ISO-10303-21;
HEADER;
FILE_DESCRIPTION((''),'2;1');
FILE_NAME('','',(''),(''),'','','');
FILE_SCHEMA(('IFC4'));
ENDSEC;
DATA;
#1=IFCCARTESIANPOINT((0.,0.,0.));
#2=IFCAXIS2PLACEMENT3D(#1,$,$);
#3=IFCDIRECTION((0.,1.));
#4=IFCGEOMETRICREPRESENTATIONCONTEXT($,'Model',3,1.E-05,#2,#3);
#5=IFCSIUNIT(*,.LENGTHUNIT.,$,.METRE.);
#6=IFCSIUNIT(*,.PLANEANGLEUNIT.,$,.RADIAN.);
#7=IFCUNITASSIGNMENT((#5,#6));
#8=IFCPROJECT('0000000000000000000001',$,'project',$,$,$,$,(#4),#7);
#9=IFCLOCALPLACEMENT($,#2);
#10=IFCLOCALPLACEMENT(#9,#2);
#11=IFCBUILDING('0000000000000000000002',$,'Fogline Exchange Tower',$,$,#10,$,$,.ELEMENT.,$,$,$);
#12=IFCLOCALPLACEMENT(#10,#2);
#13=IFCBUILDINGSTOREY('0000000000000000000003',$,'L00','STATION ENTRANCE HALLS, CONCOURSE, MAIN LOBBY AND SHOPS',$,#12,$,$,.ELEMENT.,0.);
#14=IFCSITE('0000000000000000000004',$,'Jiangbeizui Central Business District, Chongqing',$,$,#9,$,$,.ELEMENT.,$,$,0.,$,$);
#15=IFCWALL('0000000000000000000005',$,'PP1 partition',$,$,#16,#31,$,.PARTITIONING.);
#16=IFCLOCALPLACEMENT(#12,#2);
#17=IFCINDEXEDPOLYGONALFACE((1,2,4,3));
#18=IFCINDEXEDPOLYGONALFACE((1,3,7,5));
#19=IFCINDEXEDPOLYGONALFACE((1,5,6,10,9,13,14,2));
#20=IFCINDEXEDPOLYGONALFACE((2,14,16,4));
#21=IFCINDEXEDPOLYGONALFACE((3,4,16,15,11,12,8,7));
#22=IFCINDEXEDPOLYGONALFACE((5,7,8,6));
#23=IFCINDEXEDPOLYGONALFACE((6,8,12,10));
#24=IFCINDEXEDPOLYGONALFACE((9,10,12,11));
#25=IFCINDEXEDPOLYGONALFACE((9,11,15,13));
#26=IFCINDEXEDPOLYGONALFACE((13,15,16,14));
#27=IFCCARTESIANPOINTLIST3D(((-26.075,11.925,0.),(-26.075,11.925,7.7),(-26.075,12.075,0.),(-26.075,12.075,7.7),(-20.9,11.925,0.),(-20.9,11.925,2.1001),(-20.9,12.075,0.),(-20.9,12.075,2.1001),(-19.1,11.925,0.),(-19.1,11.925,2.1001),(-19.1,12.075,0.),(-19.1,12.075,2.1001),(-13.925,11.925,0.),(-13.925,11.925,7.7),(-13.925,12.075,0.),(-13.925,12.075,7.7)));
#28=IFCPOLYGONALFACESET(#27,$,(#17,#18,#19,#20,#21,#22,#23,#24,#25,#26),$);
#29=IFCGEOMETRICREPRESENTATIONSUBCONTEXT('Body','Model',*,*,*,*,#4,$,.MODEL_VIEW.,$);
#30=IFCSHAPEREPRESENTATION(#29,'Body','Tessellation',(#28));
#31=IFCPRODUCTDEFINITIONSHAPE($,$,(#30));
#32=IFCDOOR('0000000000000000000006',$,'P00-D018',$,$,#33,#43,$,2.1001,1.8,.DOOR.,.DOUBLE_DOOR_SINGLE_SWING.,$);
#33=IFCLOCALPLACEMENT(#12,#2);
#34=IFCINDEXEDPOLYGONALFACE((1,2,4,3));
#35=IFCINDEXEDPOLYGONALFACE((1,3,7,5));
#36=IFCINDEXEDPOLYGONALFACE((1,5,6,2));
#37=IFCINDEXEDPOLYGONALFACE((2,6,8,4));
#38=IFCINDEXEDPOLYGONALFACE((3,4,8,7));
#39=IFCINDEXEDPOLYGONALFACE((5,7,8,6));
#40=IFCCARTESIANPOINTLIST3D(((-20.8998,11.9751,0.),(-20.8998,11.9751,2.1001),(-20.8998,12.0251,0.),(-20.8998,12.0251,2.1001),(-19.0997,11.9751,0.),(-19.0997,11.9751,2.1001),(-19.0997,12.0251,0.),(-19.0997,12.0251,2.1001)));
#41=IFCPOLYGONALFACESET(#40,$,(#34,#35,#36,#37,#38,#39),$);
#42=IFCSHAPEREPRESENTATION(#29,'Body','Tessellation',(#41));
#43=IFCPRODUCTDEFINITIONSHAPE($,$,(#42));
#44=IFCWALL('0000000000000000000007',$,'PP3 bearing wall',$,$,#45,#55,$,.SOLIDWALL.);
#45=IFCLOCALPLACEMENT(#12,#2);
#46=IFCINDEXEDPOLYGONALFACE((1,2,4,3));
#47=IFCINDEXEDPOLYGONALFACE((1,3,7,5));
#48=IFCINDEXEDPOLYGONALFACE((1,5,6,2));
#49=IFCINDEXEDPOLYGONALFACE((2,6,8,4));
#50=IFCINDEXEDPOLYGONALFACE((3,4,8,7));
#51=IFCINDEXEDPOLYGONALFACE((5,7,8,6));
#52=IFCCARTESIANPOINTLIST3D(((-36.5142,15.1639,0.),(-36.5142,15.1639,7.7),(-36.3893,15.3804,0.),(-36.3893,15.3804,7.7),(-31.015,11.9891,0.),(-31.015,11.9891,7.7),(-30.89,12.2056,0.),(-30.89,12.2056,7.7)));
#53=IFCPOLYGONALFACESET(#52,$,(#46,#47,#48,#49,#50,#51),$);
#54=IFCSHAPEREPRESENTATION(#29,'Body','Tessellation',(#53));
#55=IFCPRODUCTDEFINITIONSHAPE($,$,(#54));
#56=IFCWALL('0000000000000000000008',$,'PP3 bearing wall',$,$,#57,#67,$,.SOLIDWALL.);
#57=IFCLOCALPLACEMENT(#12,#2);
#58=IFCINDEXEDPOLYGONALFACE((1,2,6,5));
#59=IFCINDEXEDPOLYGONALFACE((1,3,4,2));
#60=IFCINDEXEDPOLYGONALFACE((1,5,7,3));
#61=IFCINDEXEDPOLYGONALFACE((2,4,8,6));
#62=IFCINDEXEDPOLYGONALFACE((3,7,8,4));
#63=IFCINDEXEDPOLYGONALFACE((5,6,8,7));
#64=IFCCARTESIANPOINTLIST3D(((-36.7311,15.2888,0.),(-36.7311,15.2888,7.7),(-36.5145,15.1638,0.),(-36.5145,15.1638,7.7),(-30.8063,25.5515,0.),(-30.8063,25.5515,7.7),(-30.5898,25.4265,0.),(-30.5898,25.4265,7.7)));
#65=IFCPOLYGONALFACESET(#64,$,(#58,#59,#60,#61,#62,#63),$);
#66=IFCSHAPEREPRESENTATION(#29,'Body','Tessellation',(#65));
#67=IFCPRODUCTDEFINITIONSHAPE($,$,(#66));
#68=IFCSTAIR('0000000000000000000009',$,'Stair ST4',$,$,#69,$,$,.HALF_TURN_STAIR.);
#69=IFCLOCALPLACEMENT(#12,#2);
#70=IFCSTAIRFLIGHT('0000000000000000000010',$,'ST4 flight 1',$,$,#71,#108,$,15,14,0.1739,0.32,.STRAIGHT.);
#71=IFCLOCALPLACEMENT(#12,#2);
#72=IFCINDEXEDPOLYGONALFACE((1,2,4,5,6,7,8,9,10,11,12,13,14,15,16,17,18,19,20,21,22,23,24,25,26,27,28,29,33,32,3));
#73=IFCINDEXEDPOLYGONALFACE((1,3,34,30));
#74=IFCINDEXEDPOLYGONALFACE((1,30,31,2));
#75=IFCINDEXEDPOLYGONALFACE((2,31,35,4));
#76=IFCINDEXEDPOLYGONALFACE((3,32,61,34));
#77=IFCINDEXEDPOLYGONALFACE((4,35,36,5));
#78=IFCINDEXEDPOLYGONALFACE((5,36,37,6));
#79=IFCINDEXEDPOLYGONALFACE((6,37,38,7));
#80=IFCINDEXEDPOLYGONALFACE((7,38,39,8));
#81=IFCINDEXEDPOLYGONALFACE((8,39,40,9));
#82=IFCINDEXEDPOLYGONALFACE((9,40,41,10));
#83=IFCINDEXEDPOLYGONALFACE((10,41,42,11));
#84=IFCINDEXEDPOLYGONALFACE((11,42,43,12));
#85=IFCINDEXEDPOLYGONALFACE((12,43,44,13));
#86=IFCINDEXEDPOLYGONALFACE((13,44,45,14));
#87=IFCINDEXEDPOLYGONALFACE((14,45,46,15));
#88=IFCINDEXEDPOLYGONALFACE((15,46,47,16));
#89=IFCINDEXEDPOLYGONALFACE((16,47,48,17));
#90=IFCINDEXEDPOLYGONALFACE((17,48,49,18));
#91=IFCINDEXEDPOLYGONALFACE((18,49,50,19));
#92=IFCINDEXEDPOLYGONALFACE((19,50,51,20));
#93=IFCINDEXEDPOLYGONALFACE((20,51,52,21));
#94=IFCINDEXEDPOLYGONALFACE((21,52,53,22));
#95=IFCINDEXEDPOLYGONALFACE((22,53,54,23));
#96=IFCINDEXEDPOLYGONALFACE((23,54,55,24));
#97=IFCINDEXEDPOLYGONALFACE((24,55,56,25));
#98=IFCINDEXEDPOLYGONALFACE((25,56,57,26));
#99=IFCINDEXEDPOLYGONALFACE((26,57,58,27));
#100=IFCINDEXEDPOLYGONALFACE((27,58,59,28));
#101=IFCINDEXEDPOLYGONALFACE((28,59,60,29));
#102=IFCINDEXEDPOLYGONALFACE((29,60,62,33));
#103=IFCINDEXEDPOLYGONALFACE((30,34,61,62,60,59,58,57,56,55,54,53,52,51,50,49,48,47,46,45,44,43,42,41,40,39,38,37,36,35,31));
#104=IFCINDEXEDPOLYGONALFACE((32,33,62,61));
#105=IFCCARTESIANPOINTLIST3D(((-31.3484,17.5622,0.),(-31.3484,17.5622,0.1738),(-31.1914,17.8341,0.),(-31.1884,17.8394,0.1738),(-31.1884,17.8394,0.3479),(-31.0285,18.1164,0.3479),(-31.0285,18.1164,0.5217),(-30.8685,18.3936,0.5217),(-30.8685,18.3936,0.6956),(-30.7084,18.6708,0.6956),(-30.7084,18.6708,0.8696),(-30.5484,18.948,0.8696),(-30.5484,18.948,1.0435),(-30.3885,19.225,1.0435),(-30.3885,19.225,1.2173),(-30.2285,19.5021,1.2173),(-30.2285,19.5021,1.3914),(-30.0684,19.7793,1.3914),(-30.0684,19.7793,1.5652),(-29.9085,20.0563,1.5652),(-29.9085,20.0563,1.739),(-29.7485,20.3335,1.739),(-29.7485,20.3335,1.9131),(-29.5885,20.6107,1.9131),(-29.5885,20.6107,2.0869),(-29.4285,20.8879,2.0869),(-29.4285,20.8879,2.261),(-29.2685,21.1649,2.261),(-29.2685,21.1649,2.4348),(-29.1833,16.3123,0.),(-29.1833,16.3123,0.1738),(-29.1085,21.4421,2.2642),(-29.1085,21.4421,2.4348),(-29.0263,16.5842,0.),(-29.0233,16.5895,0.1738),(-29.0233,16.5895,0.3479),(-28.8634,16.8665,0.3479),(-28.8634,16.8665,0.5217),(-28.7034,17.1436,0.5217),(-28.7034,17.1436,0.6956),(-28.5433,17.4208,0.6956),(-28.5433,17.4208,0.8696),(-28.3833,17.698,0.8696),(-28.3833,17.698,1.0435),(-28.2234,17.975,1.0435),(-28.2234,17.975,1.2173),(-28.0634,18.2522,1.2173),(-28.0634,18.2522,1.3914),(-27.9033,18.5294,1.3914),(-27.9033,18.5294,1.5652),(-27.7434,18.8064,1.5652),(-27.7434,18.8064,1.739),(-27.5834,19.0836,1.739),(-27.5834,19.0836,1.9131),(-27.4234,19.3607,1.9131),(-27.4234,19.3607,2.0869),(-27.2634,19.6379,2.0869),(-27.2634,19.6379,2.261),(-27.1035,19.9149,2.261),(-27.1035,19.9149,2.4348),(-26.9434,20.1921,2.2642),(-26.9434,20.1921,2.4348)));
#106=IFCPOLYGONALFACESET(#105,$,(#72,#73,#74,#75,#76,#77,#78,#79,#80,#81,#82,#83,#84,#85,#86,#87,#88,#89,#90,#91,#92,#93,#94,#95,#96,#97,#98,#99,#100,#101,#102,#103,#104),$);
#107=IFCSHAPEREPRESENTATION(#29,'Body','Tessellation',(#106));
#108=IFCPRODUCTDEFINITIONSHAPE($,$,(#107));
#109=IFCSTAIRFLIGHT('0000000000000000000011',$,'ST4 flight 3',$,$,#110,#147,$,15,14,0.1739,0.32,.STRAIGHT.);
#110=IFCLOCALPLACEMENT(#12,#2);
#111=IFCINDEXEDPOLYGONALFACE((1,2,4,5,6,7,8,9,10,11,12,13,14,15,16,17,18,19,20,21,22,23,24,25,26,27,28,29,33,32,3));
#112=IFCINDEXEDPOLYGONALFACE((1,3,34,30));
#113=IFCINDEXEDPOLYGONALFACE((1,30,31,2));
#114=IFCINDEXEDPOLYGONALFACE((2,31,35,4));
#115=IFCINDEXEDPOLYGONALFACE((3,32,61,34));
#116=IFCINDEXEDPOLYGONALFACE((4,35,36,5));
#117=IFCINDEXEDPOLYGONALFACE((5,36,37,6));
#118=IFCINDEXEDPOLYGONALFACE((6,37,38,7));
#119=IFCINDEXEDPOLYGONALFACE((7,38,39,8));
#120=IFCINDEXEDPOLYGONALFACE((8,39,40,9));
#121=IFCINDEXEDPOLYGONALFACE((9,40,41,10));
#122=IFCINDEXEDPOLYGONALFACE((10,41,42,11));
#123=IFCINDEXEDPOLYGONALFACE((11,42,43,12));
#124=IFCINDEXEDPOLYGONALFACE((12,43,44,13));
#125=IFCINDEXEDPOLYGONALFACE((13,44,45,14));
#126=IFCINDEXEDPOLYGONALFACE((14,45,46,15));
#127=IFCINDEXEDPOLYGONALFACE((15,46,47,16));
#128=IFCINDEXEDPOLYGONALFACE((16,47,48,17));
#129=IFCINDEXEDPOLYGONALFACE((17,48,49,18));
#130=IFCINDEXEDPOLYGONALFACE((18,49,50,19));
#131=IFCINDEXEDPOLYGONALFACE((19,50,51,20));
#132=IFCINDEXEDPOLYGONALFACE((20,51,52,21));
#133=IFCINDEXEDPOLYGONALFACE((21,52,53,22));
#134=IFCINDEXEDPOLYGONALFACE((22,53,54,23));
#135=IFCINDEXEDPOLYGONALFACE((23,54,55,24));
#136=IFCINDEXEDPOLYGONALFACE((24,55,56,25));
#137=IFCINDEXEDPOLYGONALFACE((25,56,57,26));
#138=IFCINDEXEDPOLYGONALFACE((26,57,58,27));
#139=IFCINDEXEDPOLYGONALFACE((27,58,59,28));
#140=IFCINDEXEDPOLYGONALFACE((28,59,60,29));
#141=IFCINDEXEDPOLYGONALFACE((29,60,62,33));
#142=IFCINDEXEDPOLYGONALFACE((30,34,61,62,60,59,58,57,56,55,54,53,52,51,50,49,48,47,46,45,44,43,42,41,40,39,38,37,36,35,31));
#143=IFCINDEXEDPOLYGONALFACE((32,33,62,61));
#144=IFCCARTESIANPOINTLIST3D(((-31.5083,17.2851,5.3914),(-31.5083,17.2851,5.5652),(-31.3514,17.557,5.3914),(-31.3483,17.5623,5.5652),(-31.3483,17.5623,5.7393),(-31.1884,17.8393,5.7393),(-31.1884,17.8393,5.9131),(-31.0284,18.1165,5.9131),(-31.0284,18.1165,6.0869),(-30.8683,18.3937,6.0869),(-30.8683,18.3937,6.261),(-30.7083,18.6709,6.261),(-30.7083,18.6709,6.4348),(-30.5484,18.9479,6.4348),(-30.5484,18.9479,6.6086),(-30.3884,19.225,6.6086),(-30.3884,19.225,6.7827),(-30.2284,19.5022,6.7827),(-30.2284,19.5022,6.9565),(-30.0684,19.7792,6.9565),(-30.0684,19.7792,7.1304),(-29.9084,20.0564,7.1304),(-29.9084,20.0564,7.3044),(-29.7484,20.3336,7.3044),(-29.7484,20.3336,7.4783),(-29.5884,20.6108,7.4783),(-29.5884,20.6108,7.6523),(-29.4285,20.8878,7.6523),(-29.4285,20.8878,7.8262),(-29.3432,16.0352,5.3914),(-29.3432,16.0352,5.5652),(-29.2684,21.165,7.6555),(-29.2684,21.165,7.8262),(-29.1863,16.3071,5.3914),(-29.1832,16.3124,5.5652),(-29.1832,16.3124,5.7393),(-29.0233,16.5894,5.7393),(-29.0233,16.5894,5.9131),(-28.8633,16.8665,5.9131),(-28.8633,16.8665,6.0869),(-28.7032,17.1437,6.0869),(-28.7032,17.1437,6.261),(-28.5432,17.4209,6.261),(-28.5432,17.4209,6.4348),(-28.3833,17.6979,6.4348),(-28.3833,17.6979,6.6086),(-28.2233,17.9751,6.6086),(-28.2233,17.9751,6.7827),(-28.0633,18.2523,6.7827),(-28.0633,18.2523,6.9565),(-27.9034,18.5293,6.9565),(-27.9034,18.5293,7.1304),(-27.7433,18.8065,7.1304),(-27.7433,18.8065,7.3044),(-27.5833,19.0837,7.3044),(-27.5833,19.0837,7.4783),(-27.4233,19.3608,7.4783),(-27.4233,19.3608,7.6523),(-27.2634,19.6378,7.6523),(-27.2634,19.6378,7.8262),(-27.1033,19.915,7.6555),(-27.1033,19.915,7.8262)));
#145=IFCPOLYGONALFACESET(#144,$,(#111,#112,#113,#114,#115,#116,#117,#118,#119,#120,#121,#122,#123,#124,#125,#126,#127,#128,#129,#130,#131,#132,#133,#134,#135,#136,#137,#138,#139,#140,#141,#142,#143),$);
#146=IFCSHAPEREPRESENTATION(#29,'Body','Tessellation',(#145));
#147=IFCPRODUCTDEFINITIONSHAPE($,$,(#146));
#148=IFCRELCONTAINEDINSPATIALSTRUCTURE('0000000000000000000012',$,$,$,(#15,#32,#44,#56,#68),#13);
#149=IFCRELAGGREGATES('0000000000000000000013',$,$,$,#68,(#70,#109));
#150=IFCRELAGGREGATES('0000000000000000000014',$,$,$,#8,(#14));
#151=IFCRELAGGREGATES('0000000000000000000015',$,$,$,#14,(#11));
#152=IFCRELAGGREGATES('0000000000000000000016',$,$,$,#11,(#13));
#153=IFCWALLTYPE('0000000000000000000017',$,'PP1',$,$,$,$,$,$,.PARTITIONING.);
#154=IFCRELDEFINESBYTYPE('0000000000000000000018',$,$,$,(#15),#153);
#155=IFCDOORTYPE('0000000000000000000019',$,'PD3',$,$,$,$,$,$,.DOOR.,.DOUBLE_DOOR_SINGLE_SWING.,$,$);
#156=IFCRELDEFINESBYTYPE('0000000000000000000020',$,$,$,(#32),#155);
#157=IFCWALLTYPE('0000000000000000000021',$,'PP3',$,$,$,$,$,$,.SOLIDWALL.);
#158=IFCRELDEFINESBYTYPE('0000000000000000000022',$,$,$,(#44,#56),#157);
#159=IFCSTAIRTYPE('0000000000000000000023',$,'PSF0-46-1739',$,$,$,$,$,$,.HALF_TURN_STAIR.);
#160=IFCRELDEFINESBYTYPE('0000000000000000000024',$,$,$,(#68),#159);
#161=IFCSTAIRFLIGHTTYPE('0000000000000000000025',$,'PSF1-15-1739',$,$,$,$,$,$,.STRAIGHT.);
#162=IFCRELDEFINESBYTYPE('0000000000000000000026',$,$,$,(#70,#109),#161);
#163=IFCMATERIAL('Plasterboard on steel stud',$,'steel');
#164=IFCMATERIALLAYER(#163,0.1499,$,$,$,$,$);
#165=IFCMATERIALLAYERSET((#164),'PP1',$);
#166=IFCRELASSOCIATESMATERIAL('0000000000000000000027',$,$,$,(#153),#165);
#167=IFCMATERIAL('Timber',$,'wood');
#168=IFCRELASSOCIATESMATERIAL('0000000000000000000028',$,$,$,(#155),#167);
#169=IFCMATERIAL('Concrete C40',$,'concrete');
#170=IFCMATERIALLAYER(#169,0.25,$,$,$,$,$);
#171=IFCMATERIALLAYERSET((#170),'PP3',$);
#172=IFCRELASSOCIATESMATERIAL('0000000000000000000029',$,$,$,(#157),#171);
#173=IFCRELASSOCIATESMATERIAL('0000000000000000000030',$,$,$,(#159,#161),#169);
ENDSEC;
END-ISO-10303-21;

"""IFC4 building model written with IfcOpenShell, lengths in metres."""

from ifc_helpers import new_model, si_unit, direction, frame, frame_2d, origin, place, context, subcontext, project, spatial, polyline, rectangle, outline, extrude, material, layer, layer_set, type_object, element, fill, aggregate, save


model = new_model("IFC4")

# Units and contexts
model_context = context("Model", 3, precision=1e-05, world=origin(), true_north=direction((0.0, 1.0)))
body_context = subcontext(model_context, "Body", "Model", "MODEL_VIEW")
ifc_project = project(units=[si_unit("LENGTHUNIT", "METRE"), si_unit("PLANEANGLEUNIT", "RADIAN")], contexts=[model_context])

# Site, building, storey
site_placement = place(None, origin())
site = spatial("IfcSite", under=ifc_project, at=site_placement, Name="Jiangbeizui Central Business District, Chongqing", CompositionType="ELEMENT", RefElevation=0.0)
building_placement = place(site_placement, origin())
building = spatial("IfcBuilding", under=site, at=building_placement, Name="Fogline Exchange Tower", CompositionType="ELEMENT")
storey_placement = place(building_placement, origin())
storey = spatial("IfcBuildingStorey", under=building, at=storey_placement, Name="L00", Description="STATION ENTRANCE HALLS, CONCOURSE, MAIN LOBBY AND SHOPS", CompositionType="ELEMENT", Elevation=0.0)

# Wall, opening, door
ifc_material_1 = material(Name="Plasterboard on steel stud", Category="steel")
ifc_layer_1 = layer(ifc_material_1, 0.1499)
ifc_layer_set_1 = layer_set([ifc_layer_1], Name="PP1")
wall_type_1 = type_object("IfcWallType", Name="PP1", PredefinedType="PARTITIONING", material=ifc_layer_set_1)
wall_1_placement = place(storey_placement, frame((-26.075, 12.0, 0.0), z_axis=(0.0, 0.0, 1.0), x_axis=(1.0, 0.0, 0.0)))
wall_1 = element("IfcWall", 1, at=wall_1_placement, inside=storey, type_object=wall_type_1, Name="PP1 partition", PredefinedType="PARTITIONING", context=body_context, shape_type="SweptSolid", body=[
    extrude(rectangle(XDim=12.1499, YDim=0.1499, at=frame_2d((6.075, 0.0))), origin(), (0.0, 0.0, 1.0), 7.7),
])
opening_1_placement = place(wall_1_placement, frame((5.175, 0.0, 0.0)))
opening_1 = element("IfcOpeningElement", 2, at=opening_1_placement, cuts=wall_1, PredefinedType="OPENING", context=body_context, shape_type="SweptSolid", body=[
    extrude(rectangle(XDim=1.8, YDim=2.1001, at=frame_2d((0.8999, 1.05))), frame((0.0, 0.085, 0.0), z_axis=(0.0, -1.0, 0.0), x_axis=(1.0, 0.0, 0.0)), (0.0, 0.0, 1.0), 0.1699),
])
ifc_material_2 = material(Name="Timber", Category="wood")
door_type = type_object("IfcDoorType", Name="PD3", OperationType="DOUBLE_DOOR_SINGLE_SWING", PredefinedType="DOOR", material=ifc_material_2)
door_placement = place(opening_1_placement, frame((1.8, 0.0, 0.0), z_axis=(0.0, 0.0, 1.0), x_axis=(-1.0, 0.0, 0.0)))
door = element("IfcDoor", 3, at=door_placement, inside=storey, type_object=door_type, Name="P00-D018", OperationType="DOUBLE_DOOR_SINGLE_SWING", OverallHeight=2.1001, OverallWidth=1.8, PredefinedType="DOOR", context=body_context, shape_type="SweptSolid", body=[
    extrude(rectangle(XDim=1.8, YDim=2.1001, at=frame_2d((0.8999, 1.05))), frame((0.0, 0.0249, 0.0), z_axis=(0.0, -1.0, 0.0), x_axis=(1.0, 0.0, 0.0)), (0.0, 0.0, 1.0), 0.05),
])
fill(opening_1, door)

# Walls
ifc_material_3 = material(Name="Concrete C40", Category="concrete")
ifc_layer_2 = layer(ifc_material_3, 0.25)
ifc_layer_set_2 = layer_set([ifc_layer_2], Name="PP3")
wall_type_2 = type_object("IfcWallType", Name="PP3", PredefinedType="SOLIDWALL", material=ifc_layer_set_2)
wall_2_placement = place(storey_placement, frame((-30.9526, 12.0974, 0.0), z_axis=(0.0, 0.0, 1.0), x_axis=(-0.866039, 0.499977, 0.0)))
element("IfcWall", 4, at=wall_2_placement, inside=storey, type_object=wall_type_2, Name="PP3 bearing wall", PredefinedType="SOLIDWALL", context=body_context, shape_type="SweptSolid", body=[
    extrude(rectangle(XDim=6.3499, YDim=0.25, at=frame_2d((3.1748, 0.0))), origin(), (0.0, 0.0, 1.0), 7.7),
])
wall_3_placement = place(storey_placement, frame((-36.6228, 15.2263, 0.0), z_axis=(0.0, 0.0, 1.0), x_axis=(0.499977, 0.866039, 0.0)))
element("IfcWall", 5, at=wall_3_placement, inside=storey, type_object=wall_type_2, Name="PP3 bearing wall", PredefinedType="SOLIDWALL", context=body_context, shape_type="SweptSolid", body=[
    extrude(rectangle(XDim=11.8501, YDim=0.25, at=frame_2d((5.925, 0.0))), origin(), (0.0, 0.0, 1.0), 7.7),
])

# Stair, stair flights
stair_type = type_object("IfcStairType", Name="PSF0-46-1739", PredefinedType="HALF_TURN_STAIR", material=ifc_material_3)
stair_placement = place(storey_placement, origin())
stair = element("IfcStair", 6, at=stair_placement, inside=storey, type_object=stair_type, Name="Stair ST4", PredefinedType="HALF_TURN_STAIR")
stair_flight_type = type_object("IfcStairFlightType", Name="PSF1-15-1739", PredefinedType="STRAIGHT", material=ifc_material_3)
stair_flight_1_placement = place(storey_placement, frame((-30.2659, 16.9373, 0.0), z_axis=(0.0, 0.0, 1.0), x_axis=(0.499979, 0.866037, 0.0)))
stair_flight_1 = element("IfcStairFlight", 7, at=stair_flight_1_placement, type_object=stair_flight_type, Name="ST4 flight 1", NumberOfRisers=15, NumberOfTreads=14, PredefinedType="STRAIGHT", RiserHeight=0.1739, TreadLength=0.32, context=body_context, shape_type="SweptSolid", body=[
    extrude(outline(polyline([(0.0, 0.0), (0.0, 0.1738), (0.3201, 0.1738), (0.3201, 0.3479), (0.6399, 0.3479), (0.6399, 0.5217), (0.96, 0.5217), (0.96, 0.6956), (1.28, 0.6956), (1.28, 0.8696), (1.6001, 0.8696), (1.6001, 1.0435), (1.9199, 1.0435), (1.9199, 1.2173), (2.24, 1.2173), (2.24, 1.3914), (2.5601, 1.3914), (2.5601, 1.5652), (2.8799, 1.5652), (2.8799, 1.739), (3.2, 1.739), (3.2, 1.9131), (3.52, 1.9131), (3.52, 2.0869), (3.8401, 2.0869), (3.8401, 2.261), (4.1599, 2.261), (4.1599, 2.4348), (4.48, 2.4348), (4.48, 2.6086), (4.48, 2.2642), (0.314, 0.0), (0.0, 0.0)])), frame((0.0, 1.25, 0.0), z_axis=(0.0, -1.0, 0.0), x_axis=(1.0, 0.0, 0.0)), (0.0, 0.0, 1.0), 2.5),
])
stair_flight_2_placement = place(storey_placement, frame((-30.4258, 16.6602, 5.3914), z_axis=(0.0, 0.0, 1.0), x_axis=(0.499979, 0.866037, 0.0)))
stair_flight_2 = element("IfcStairFlight", 8, at=stair_flight_2_placement, type_object=stair_flight_type, Name="ST4 flight 3", NumberOfRisers=15, NumberOfTreads=14, PredefinedType="STRAIGHT", RiserHeight=0.1739, TreadLength=0.32, context=body_context, shape_type="SweptSolid", body=[
    extrude(outline(polyline([(0.0, 0.0), (0.0, 0.1738), (0.3201, 0.1738), (0.3201, 0.3479), (0.6399, 0.3479), (0.6399, 0.5217), (0.96, 0.5217), (0.96, 0.6956), (1.28, 0.6956), (1.28, 0.8696), (1.6001, 0.8696), (1.6001, 1.0435), (1.9199, 1.0435), (1.9199, 1.2173), (2.24, 1.2173), (2.24, 1.3914), (2.5601, 1.3914), (2.5601, 1.5652), (2.8799, 1.5652), (2.8799, 1.739), (3.2, 1.739), (3.2, 1.9131), (3.52, 1.9131), (3.52, 2.0869), (3.8401, 2.0869), (3.8401, 2.261), (4.1599, 2.261), (4.1599, 2.4348), (4.48, 2.4348), (4.48, 2.6086), (4.48, 2.2642), (0.314, 0.0), (0.0, 0.0)])), frame((0.0, 1.25, 0.0), z_axis=(0.0, -1.0, 0.0), x_axis=(1.0, 0.0, 0.0)), (0.0, 0.0, 1.0), 2.5),
])
aggregate(stair, [stair_flight_1, stair_flight_2])

save(model, "model.ifc")
